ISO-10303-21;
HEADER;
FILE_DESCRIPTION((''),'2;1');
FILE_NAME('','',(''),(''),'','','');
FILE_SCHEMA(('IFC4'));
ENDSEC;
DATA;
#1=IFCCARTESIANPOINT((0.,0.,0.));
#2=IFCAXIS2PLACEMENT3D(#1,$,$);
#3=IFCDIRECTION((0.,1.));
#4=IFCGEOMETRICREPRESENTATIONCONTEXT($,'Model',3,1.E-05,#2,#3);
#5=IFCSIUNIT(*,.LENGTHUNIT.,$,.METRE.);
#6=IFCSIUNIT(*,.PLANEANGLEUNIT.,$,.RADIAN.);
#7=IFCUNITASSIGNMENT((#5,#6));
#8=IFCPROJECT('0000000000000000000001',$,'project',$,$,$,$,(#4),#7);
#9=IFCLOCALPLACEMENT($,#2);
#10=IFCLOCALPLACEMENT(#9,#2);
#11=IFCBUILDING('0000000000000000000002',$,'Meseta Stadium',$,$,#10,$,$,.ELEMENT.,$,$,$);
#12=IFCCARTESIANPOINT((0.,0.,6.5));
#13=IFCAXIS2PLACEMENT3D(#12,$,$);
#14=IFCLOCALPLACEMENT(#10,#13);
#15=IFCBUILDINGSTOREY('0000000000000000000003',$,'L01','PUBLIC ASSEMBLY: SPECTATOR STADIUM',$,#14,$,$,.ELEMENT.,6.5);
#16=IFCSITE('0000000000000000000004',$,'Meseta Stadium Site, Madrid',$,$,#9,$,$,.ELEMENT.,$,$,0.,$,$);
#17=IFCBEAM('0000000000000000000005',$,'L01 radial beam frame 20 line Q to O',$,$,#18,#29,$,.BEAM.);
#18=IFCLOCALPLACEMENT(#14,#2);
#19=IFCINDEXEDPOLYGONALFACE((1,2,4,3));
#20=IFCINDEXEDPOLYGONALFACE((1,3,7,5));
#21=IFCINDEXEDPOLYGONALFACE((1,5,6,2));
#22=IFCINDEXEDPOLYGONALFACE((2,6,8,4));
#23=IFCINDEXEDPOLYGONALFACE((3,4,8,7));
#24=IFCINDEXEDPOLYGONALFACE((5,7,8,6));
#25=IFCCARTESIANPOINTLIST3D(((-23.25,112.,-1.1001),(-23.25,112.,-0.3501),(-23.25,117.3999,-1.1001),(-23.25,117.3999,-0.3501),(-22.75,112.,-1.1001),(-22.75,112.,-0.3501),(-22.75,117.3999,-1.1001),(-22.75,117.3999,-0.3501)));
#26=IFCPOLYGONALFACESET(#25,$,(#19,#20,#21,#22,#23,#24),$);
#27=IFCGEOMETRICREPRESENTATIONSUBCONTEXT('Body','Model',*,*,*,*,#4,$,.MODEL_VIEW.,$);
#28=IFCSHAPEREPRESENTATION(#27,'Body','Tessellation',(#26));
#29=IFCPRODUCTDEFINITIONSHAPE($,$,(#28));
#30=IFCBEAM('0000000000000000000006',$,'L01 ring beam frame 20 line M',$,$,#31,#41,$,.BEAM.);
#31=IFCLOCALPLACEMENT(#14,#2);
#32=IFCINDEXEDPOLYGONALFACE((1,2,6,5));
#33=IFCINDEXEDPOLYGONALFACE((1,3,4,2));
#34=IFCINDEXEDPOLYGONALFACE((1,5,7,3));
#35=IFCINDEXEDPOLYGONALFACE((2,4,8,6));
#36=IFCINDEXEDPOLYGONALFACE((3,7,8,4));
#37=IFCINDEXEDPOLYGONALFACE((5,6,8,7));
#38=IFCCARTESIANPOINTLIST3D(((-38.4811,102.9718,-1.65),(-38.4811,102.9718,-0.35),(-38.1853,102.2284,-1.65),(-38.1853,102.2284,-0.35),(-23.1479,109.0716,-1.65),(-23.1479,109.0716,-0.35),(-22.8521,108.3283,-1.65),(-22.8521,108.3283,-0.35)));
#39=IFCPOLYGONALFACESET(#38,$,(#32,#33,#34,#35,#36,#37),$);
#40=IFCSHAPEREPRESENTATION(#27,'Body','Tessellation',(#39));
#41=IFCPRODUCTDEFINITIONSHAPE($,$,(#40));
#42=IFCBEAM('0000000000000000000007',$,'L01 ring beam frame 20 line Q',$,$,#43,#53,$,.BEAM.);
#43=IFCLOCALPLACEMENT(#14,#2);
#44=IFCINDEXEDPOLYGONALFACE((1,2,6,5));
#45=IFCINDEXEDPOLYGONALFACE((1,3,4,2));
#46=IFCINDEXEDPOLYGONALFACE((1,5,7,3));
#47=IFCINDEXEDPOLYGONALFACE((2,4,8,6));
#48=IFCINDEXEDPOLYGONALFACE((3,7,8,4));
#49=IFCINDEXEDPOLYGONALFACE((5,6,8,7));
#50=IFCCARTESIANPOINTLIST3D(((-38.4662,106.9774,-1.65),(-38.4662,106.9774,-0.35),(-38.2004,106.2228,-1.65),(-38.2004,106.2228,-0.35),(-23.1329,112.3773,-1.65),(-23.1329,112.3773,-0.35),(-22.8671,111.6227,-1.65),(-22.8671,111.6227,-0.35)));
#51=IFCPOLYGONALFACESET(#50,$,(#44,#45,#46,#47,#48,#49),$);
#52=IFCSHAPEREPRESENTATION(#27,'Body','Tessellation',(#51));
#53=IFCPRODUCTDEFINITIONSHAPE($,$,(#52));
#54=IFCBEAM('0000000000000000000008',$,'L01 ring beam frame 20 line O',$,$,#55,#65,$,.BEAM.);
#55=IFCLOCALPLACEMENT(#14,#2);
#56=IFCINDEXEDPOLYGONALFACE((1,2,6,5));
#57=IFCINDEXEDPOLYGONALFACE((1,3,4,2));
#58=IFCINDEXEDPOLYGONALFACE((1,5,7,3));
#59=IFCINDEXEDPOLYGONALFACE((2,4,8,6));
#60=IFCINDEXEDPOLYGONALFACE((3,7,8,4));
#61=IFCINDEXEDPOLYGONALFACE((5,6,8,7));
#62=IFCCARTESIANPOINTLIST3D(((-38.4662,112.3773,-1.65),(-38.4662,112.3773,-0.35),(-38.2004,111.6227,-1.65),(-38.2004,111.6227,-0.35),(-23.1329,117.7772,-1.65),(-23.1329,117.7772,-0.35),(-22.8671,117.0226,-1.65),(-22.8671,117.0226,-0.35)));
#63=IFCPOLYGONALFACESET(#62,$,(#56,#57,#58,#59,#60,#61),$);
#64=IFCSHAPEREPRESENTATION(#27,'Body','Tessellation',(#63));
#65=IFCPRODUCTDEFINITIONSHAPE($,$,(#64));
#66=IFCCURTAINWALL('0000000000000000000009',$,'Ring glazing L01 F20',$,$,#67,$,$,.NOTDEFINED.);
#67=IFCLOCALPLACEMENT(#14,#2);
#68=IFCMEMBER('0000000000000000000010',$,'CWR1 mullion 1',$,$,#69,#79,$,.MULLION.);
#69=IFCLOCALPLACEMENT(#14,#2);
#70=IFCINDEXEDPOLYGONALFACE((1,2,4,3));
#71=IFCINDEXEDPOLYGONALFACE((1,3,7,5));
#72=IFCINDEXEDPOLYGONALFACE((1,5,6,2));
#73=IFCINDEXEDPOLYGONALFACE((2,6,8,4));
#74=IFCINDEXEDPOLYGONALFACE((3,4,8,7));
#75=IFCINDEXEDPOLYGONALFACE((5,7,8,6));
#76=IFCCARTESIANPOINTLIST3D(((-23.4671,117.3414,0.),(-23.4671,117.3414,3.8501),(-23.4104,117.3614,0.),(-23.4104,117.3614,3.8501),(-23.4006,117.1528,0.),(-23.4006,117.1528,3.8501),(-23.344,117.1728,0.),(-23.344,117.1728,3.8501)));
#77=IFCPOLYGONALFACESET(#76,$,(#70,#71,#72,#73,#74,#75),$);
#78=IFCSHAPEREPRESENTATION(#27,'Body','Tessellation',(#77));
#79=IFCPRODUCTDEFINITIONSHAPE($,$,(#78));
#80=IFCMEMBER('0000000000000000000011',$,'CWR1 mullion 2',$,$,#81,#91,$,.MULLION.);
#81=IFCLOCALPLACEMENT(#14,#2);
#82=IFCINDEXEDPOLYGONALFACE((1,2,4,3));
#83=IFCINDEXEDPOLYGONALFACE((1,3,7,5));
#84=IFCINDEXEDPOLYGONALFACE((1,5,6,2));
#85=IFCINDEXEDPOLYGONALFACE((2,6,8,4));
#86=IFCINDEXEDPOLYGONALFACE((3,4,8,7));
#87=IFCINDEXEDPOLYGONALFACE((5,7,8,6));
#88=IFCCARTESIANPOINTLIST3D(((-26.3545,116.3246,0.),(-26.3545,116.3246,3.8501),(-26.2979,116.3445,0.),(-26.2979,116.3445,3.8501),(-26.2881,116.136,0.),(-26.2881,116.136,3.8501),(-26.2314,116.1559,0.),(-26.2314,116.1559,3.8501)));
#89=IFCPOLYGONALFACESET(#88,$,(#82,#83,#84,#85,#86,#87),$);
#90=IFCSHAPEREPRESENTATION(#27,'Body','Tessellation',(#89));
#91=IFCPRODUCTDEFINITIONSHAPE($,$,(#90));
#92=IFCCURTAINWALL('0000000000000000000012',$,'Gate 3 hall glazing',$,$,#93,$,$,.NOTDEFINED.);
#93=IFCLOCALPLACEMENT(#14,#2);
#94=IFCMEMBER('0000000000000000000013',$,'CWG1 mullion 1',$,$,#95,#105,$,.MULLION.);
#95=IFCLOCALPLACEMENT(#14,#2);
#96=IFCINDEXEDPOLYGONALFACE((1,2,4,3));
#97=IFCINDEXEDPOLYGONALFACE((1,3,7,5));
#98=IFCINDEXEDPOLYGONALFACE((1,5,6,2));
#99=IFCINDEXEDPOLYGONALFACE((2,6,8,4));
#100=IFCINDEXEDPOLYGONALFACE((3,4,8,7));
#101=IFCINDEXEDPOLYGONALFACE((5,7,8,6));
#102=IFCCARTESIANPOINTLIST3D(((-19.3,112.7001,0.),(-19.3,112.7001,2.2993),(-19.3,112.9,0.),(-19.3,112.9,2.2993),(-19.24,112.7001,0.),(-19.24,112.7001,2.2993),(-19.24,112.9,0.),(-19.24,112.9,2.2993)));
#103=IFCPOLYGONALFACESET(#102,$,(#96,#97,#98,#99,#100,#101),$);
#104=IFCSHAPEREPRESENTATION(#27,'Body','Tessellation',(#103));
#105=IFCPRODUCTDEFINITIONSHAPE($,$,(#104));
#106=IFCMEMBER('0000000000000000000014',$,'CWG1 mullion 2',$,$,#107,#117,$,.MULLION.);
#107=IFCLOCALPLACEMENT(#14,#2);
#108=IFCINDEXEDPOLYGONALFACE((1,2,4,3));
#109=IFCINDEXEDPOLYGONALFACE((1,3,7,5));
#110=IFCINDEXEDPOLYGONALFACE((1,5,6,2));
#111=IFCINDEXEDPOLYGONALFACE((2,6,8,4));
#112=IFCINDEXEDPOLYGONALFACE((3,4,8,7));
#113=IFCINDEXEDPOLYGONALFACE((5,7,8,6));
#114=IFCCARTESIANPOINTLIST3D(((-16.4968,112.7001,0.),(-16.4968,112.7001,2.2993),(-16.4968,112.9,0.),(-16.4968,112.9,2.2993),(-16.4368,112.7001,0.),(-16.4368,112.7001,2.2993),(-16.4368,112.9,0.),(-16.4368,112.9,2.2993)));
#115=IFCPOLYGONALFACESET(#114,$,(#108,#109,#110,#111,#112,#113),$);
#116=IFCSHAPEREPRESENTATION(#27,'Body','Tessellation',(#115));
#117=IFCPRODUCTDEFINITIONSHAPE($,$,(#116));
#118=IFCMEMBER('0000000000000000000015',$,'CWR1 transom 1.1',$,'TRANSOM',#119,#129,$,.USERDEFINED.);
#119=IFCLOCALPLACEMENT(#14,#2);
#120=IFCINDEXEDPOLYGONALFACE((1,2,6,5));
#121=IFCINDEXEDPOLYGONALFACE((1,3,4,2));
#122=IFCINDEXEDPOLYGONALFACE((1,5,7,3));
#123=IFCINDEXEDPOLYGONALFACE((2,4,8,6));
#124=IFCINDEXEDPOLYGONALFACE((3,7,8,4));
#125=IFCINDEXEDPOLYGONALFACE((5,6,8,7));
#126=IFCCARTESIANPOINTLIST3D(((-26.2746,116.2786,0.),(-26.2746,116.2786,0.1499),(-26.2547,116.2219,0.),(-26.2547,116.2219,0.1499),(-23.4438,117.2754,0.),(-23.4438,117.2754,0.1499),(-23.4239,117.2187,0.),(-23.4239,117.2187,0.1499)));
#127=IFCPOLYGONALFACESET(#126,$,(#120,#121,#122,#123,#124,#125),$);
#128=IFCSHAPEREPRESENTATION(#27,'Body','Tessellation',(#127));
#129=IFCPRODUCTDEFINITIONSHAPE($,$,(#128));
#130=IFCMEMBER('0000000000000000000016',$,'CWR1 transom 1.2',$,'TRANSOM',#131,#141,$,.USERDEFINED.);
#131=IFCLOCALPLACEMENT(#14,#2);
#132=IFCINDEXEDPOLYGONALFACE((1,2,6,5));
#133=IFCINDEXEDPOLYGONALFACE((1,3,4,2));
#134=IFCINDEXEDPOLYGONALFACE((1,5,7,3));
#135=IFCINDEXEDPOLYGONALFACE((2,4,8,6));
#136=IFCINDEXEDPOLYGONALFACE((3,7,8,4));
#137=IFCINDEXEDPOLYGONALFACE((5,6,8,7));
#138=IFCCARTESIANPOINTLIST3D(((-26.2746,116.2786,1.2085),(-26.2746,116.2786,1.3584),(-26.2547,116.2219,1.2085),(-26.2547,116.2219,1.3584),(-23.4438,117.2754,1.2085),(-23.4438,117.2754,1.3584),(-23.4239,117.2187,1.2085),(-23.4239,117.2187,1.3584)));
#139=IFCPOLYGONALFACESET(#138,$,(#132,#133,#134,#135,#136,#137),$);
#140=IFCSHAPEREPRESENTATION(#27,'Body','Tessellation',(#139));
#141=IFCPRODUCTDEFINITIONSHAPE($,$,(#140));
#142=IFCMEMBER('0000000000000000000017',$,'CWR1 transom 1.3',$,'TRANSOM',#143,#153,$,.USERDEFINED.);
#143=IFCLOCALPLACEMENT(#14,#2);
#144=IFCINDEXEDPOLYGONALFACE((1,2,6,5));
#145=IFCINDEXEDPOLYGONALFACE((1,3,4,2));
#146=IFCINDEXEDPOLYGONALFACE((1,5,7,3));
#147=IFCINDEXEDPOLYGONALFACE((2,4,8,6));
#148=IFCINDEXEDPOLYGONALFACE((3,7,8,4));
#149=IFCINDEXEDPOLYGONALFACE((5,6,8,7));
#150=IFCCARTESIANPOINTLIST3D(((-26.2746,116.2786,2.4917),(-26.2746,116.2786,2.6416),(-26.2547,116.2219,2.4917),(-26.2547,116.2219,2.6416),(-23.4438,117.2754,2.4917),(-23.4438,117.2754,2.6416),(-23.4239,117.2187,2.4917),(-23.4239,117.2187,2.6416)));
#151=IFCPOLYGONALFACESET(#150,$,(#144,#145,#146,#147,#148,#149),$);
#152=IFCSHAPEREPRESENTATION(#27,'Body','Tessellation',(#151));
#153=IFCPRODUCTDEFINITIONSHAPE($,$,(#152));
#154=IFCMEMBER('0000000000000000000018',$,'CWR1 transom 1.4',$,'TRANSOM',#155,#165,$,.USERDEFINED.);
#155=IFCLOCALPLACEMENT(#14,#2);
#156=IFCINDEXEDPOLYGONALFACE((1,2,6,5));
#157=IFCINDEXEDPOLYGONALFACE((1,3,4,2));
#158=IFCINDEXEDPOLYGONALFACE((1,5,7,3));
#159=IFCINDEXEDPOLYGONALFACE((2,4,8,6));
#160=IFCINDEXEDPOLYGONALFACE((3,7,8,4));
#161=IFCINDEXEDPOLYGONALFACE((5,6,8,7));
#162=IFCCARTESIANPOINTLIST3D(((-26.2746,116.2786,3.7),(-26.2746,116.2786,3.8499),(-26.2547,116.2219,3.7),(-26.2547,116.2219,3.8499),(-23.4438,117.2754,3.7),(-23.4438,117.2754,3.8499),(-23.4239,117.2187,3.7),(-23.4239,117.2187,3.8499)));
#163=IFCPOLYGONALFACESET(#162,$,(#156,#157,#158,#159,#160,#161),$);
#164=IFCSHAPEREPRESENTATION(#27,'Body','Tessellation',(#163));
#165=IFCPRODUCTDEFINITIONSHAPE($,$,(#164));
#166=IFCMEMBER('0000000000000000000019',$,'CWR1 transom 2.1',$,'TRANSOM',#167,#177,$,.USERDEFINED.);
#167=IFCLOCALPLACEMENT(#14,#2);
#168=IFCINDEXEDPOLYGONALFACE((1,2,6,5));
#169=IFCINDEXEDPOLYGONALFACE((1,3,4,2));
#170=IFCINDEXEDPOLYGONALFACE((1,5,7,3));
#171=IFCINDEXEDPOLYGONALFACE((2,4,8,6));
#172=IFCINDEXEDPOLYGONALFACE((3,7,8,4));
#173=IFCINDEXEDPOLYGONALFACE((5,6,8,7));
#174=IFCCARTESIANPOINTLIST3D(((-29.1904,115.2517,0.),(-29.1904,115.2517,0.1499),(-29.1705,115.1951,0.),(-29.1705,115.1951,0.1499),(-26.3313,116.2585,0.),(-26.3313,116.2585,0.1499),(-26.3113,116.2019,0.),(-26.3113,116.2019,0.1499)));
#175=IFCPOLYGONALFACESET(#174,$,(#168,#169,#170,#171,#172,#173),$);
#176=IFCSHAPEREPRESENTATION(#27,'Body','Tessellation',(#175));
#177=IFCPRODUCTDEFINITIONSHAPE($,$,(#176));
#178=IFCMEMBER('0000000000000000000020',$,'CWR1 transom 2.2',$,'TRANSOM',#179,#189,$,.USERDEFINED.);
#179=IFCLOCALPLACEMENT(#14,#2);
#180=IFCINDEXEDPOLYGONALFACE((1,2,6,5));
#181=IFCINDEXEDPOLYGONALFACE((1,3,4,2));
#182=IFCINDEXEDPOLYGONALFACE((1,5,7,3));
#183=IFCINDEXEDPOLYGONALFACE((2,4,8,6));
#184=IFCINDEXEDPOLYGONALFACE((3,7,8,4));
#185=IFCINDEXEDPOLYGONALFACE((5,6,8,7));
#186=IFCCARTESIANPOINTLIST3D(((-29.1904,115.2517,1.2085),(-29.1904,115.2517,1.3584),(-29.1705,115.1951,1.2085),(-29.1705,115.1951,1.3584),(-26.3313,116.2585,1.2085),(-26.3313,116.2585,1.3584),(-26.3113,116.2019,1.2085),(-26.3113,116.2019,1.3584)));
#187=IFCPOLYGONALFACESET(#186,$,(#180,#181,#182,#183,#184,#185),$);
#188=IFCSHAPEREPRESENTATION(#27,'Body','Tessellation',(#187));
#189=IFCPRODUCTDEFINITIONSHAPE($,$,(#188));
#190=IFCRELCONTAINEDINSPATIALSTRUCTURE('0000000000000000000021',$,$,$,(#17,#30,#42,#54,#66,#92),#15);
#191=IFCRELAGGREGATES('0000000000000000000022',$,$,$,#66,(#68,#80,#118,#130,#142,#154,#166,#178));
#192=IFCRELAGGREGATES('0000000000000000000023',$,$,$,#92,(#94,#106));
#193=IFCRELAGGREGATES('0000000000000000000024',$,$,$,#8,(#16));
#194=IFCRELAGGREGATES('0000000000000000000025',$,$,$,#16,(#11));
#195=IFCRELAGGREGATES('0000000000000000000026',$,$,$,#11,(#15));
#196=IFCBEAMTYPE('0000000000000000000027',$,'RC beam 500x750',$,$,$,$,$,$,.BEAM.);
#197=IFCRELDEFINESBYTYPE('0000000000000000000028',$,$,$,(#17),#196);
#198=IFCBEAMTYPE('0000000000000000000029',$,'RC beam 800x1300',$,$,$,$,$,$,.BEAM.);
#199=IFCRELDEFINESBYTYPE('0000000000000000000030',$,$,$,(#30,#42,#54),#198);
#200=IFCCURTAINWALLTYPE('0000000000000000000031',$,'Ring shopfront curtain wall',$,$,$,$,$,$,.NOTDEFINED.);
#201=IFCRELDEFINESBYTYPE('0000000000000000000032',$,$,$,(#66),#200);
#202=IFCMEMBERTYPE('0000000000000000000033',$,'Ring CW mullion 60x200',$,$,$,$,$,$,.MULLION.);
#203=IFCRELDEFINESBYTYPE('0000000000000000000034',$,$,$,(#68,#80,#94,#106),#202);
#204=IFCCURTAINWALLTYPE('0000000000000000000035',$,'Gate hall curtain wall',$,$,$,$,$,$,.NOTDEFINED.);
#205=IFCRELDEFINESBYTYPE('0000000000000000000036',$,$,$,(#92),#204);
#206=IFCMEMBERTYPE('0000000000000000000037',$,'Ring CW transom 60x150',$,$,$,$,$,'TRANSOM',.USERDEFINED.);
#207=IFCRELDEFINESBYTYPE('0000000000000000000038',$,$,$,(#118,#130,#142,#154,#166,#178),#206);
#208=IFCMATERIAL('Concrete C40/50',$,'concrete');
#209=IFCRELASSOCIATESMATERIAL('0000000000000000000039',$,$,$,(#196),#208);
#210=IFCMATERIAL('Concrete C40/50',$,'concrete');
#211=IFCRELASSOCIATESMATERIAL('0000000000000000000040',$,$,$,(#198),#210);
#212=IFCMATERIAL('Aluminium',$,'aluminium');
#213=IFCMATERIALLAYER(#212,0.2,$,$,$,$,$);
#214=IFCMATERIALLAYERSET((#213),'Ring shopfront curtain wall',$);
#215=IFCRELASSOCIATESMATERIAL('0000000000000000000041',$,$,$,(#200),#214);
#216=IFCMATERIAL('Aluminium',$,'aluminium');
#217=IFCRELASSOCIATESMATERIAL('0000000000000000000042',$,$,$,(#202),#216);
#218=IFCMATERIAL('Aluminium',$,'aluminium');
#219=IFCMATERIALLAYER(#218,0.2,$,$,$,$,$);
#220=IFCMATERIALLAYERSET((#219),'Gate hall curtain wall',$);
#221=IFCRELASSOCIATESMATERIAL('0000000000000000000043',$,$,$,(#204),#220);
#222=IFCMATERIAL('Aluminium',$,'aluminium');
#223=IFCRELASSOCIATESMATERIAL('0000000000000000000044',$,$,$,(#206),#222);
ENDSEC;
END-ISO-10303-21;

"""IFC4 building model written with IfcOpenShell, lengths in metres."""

from ifc_helpers import new_model, si_unit, direction, frame, origin, origin_2d, place, context, subcontext, project, spatial, rectangle, extrude, material, layer, layer_set, material_profile, profile_set, type_object, element, aggregate, save


model = new_model("IFC4")

# Units and contexts
model_context = context("Model", 3, precision=1e-05, world=origin(), true_north=direction((0.0, 1.0)))
body_context = subcontext(model_context, "Body", "Model", "MODEL_VIEW")
ifc_project = project(units=[si_unit("LENGTHUNIT", "METRE"), si_unit("PLANEANGLEUNIT", "RADIAN")], contexts=[model_context])

# Site, building, storey
site_placement = place(None, origin())
site = spatial("IfcSite", under=ifc_project, at=site_placement, Name="Meseta Stadium Site, Madrid", CompositionType="ELEMENT", RefElevation=0.0)
building_placement = place(site_placement, origin())
building = spatial("IfcBuilding", under=site, at=building_placement, Name="Meseta Stadium", CompositionType="ELEMENT")
storey_placement = place(building_placement, frame((0.0, 0.0, 6.5)))
storey = spatial("IfcBuildingStorey", under=building, at=storey_placement, Name="L01", Description="PUBLIC ASSEMBLY: SPECTATOR STADIUM", CompositionType="ELEMENT", Elevation=6.5)

# Beams
ifc_material_1 = material(Name="Concrete C40/50", Category="concrete")
ifc_material_profile_1 = material_profile(ifc_material_1, rectangle(XDim=0.5, YDim=0.75, at=origin_2d()), Name="RC 500x750")
ifc_profile_set_1 = profile_set([ifc_material_profile_1], Name="Concrete C40/50")
beam_type_1 = type_object("IfcBeamType", Name="RC beam 500x750", PredefinedType="BEAM", material=ifc_profile_set_1)
beam_1_placement = place(storey_placement, frame((-23.0, 112.0, -0.7251), z_axis=(0.0, 1.0, 0.0), x_axis=(-1.0, 0.0, 0.0)))
element("IfcBeam", 1, at=beam_1_placement, inside=storey, type_object=beam_type_1, Name="L01 radial beam frame 20 line Q to O", PredefinedType="BEAM", context=body_context, shape_type="SweptSolid", body=[
    extrude(rectangle(XDim=0.5, YDim=0.75, at=origin_2d()), origin(), (0.0, 0.0, 1.0), 5.3999),
])
ifc_material_2 = material(Name="Concrete C40/50", Category="concrete")
ifc_material_profile_2 = material_profile(ifc_material_2, rectangle(XDim=0.8, YDim=1.3, at=origin_2d()), Name="RC 800x1300")
ifc_profile_set_2 = profile_set([ifc_material_profile_2], Name="Concrete C40/50")
beam_type_2 = type_object("IfcBeamType", Name="RC beam 800x1300", PredefinedType="BEAM", material=ifc_profile_set_2)
beam_2_placement = place(storey_placement, frame((-23.0, 108.7, -1.0), z_axis=(-0.929174, -0.369643, 0.0), x_axis=(0.369643, -0.929174, 0.0)))
element("IfcBeam", 2, at=beam_2_placement, inside=storey, type_object=beam_type_2, Name="L01 ring beam frame 20 line M", PredefinedType="BEAM", context=body_context, shape_type="SweptSolid", body=[
    extrude(rectangle(XDim=0.8, YDim=1.3, at=origin_2d()), origin(), (0.0, 0.0, 1.0), 16.502),
])
for number, where, z_axis, x_axis, name in (
    (3, (-23.0, 112.0, -1.0), (-0.943219, -0.332173, 0.0), (0.332173, -0.943219, 0.0), "L01 ring beam frame 20 line Q"),
    (4, (-23.0, 117.3999, -1.0), (-0.943219, -0.332173, 0.0), (0.332173, -0.943219, 0.0), "L01 ring beam frame 20 line O"),
):
    element("IfcBeam", number, at=place(storey_placement, frame(where, z_axis=z_axis, x_axis=x_axis)), inside=storey, type_object=beam_type_2, Name=name, PredefinedType="BEAM", context=body_context, shape_type="SweptSolid", body=[
        extrude(rectangle(XDim=0.8, YDim=1.3, at=origin_2d()), origin(), (0.0, 0.0, 1.0), 16.2563),
    ])

# Curtain walls, members
ifc_material_3 = material(Name="Aluminium", Category="aluminium")
ifc_layer_1 = layer(ifc_material_3, 0.2)
ifc_layer_set_1 = layer_set([ifc_layer_1], Name="Ring shopfront curtain wall")
curtain_wall_type_1 = type_object("IfcCurtainWallType", Name="Ring shopfront curtain wall", PredefinedType="NOTDEFINED", material=ifc_layer_set_1)
curtain_wall_1_placement = place(storey_placement, origin())
curtain_wall_1 = element("IfcCurtainWall", 5, at=curtain_wall_1_placement, inside=storey, type_object=curtain_wall_type_1, Name="Ring glazing L01 F20", PredefinedType="NOTDEFINED")
ifc_material_4 = material(Name="Aluminium", Category="aluminium")
ifc_material_profile_3 = material_profile(ifc_material_4, rectangle(XDim=0.2, YDim=0.0601, at=origin_2d()), Name="CW 200x60")
ifc_profile_set_3 = profile_set([ifc_material_profile_3], Name="Aluminium")
member_type_1 = type_object("IfcMemberType", Name="Ring CW mullion 60x200", PredefinedType="MULLION", material=ifc_profile_set_3)
member_1_placement = place(storey_placement, frame((-23.4055, 117.2571, 0.0), z_axis=(0.0, 0.0, 1.0), x_axis=(0.332174, -0.943218, 0.0)))
member_1 = element("IfcMember", 6, at=member_1_placement, type_object=member_type_1, Name="CWR1 mullion 1", PredefinedType="MULLION", context=body_context, shape_type="SweptSolid", body=[
    extrude(rectangle(XDim=0.2, YDim=0.0601, at=origin_2d()), origin(), (0.0, 0.0, 1.0), 3.8501),
])
member_2_placement = place(storey_placement, frame((-26.293, 116.2402, 0.0), z_axis=(0.0, 0.0, 1.0), x_axis=(0.332174, -0.943218, 0.0)))
member_2 = element("IfcMember", 7, at=member_2_placement, type_object=member_type_1, Name="CWR1 mullion 2", PredefinedType="MULLION", context=body_context, shape_type="SweptSolid", body=[
    extrude(rectangle(XDim=0.2, YDim=0.0601, at=origin_2d()), origin(), (0.0, 0.0, 1.0), 3.8501),
])
ifc_material_5 = material(Name="Aluminium", Category="aluminium")
ifc_layer_2 = layer(ifc_material_5, 0.2)
ifc_layer_set_2 = layer_set([ifc_layer_2], Name="Gate hall curtain wall")
curtain_wall_type_2 = type_object("IfcCurtainWallType", Name="Gate hall curtain wall", PredefinedType="NOTDEFINED", material=ifc_layer_set_2)
curtain_wall_2_placement = place(storey_placement, origin())
curtain_wall_2 = element("IfcCurtainWall", 8, at=curtain_wall_2_placement, inside=storey, type_object=curtain_wall_type_2, Name="Gate 3 hall glazing", PredefinedType="NOTDEFINED")
member_3_placement = place(storey_placement, frame((-19.27, 112.8, 0.0), z_axis=(0.0, 0.0, 1.0), x_axis=(0.0, 1.0, 0.0)))
member_3 = element("IfcMember", 9, at=member_3_placement, type_object=member_type_1, Name="CWG1 mullion 1", PredefinedType="MULLION", context=body_context, shape_type="SweptSolid", body=[
    extrude(rectangle(XDim=0.2, YDim=0.0601, at=origin_2d()), origin(), (0.0, 0.0, 1.0), 2.2993),
])
member_4_placement = place(storey_placement, frame((-16.4668, 112.8, 0.0), z_axis=(0.0, 0.0, 1.0), x_axis=(0.0, 1.0, 0.0)))
member_4 = element("IfcMember", 10, at=member_4_placement, type_object=member_type_1, Name="CWG1 mullion 2", PredefinedType="MULLION", context=body_context, shape_type="SweptSolid", body=[
    extrude(rectangle(XDim=0.2, YDim=0.0601, at=origin_2d()), origin(), (0.0, 0.0, 1.0), 2.2993),
])

# Members
ifc_material_6 = material(Name="Aluminium", Category="aluminium")
ifc_material_profile_4 = material_profile(ifc_material_6, rectangle(XDim=0.0601, YDim=0.1499, at=origin_2d()), Name="CW 60x150")
ifc_profile_set_4 = profile_set([ifc_material_profile_4], Name="Aluminium")
member_type_2 = type_object("IfcMemberType", Name="Ring CW transom 60x150", ElementType="TRANSOM", PredefinedType="USERDEFINED", material=ifc_profile_set_4)
member_5_placement = place(storey_placement, frame((-23.4338, 117.2471, 0.075), z_axis=(-0.943229, -0.332143, 0.0), x_axis=(0.332143, -0.943229, 0.0)))
member_5 = element("IfcMember", 11, at=member_5_placement, type_object=member_type_2, Name="CWR1 transom 1.1", ObjectType="TRANSOM", PredefinedType="USERDEFINED", context=body_context, shape_type="SweptSolid", body=[
    extrude(rectangle(XDim=0.0601, YDim=0.1499, at=origin_2d()), origin(), (0.0, 0.0, 1.0), 3.0012),
])
member_6_placement = place(storey_placement, frame((-23.4338, 117.2471, 1.2834), z_axis=(-0.943229, -0.332143, 0.0), x_axis=(0.332143, -0.943229, 0.0)))
member_6 = element("IfcMember", 12, at=member_6_placement, type_object=member_type_2, Name="CWR1 transom 1.2", ObjectType="TRANSOM", PredefinedType="USERDEFINED", context=body_context, shape_type="SweptSolid", body=[
    extrude(rectangle(XDim=0.0601, YDim=0.1499, at=origin_2d()), origin(), (0.0, 0.0, 1.0), 3.0012),
])
member_7_placement = place(storey_placement, frame((-23.4338, 117.2471, 2.5667), z_axis=(-0.943229, -0.332143, 0.0), x_axis=(0.332143, -0.943229, 0.0)))
member_7 = element("IfcMember", 13, at=member_7_placement, type_object=member_type_2, Name="CWR1 transom 1.3", ObjectType="TRANSOM", PredefinedType="USERDEFINED", context=body_context, shape_type="SweptSolid", body=[
    extrude(rectangle(XDim=0.0601, YDim=0.1499, at=origin_2d()), origin(), (0.0, 0.0, 1.0), 3.0012),
])
member_8_placement = place(storey_placement, frame((-23.4338, 117.2471, 3.7749), z_axis=(-0.943229, -0.332143, 0.0), x_axis=(0.332143, -0.943229, 0.0)))
member_8 = element("IfcMember", 14, at=member_8_placement, type_object=member_type_2, Name="CWR1 transom 1.4", ObjectType="TRANSOM", PredefinedType="USERDEFINED", context=body_context, shape_type="SweptSolid", body=[
    extrude(rectangle(XDim=0.0601, YDim=0.1499, at=origin_2d()), origin(), (0.0, 0.0, 1.0), 3.0012),
])
member_9_placement = place(storey_placement, frame((-26.3213, 116.2302, 0.075), z_axis=(-0.943225, -0.332154, 0.0), x_axis=(0.332154, -0.943225, 0.0)))
member_9 = element("IfcMember", 15, at=member_9_placement, type_object=member_type_2, Name="CWR1 transom 2.1", ObjectType="TRANSOM", PredefinedType="USERDEFINED", context=body_context, shape_type="SweptSolid", body=[
    extrude(rectangle(XDim=0.0601, YDim=0.1499, at=origin_2d()), origin(), (0.0, 0.0, 1.0), 3.0312),
])
member_10_placement = place(storey_placement, frame((-26.3213, 116.2302, 1.2834), z_axis=(-0.943225, -0.332154, 0.0), x_axis=(0.332154, -0.943225, 0.0)))
member_10 = element("IfcMember", 16, at=member_10_placement, type_object=member_type_2, Name="CWR1 transom 2.2", ObjectType="TRANSOM", PredefinedType="USERDEFINED", context=body_context, shape_type="SweptSolid", body=[
    extrude(rectangle(XDim=0.0601, YDim=0.1499, at=origin_2d()), origin(), (0.0, 0.0, 1.0), 3.0312),
])

aggregate(curtain_wall_1, [member_1, member_2, member_5, member_6, member_7, member_8, member_9, member_10])
aggregate(curtain_wall_2, [member_3, member_4])

save(model, "model.ifc")
